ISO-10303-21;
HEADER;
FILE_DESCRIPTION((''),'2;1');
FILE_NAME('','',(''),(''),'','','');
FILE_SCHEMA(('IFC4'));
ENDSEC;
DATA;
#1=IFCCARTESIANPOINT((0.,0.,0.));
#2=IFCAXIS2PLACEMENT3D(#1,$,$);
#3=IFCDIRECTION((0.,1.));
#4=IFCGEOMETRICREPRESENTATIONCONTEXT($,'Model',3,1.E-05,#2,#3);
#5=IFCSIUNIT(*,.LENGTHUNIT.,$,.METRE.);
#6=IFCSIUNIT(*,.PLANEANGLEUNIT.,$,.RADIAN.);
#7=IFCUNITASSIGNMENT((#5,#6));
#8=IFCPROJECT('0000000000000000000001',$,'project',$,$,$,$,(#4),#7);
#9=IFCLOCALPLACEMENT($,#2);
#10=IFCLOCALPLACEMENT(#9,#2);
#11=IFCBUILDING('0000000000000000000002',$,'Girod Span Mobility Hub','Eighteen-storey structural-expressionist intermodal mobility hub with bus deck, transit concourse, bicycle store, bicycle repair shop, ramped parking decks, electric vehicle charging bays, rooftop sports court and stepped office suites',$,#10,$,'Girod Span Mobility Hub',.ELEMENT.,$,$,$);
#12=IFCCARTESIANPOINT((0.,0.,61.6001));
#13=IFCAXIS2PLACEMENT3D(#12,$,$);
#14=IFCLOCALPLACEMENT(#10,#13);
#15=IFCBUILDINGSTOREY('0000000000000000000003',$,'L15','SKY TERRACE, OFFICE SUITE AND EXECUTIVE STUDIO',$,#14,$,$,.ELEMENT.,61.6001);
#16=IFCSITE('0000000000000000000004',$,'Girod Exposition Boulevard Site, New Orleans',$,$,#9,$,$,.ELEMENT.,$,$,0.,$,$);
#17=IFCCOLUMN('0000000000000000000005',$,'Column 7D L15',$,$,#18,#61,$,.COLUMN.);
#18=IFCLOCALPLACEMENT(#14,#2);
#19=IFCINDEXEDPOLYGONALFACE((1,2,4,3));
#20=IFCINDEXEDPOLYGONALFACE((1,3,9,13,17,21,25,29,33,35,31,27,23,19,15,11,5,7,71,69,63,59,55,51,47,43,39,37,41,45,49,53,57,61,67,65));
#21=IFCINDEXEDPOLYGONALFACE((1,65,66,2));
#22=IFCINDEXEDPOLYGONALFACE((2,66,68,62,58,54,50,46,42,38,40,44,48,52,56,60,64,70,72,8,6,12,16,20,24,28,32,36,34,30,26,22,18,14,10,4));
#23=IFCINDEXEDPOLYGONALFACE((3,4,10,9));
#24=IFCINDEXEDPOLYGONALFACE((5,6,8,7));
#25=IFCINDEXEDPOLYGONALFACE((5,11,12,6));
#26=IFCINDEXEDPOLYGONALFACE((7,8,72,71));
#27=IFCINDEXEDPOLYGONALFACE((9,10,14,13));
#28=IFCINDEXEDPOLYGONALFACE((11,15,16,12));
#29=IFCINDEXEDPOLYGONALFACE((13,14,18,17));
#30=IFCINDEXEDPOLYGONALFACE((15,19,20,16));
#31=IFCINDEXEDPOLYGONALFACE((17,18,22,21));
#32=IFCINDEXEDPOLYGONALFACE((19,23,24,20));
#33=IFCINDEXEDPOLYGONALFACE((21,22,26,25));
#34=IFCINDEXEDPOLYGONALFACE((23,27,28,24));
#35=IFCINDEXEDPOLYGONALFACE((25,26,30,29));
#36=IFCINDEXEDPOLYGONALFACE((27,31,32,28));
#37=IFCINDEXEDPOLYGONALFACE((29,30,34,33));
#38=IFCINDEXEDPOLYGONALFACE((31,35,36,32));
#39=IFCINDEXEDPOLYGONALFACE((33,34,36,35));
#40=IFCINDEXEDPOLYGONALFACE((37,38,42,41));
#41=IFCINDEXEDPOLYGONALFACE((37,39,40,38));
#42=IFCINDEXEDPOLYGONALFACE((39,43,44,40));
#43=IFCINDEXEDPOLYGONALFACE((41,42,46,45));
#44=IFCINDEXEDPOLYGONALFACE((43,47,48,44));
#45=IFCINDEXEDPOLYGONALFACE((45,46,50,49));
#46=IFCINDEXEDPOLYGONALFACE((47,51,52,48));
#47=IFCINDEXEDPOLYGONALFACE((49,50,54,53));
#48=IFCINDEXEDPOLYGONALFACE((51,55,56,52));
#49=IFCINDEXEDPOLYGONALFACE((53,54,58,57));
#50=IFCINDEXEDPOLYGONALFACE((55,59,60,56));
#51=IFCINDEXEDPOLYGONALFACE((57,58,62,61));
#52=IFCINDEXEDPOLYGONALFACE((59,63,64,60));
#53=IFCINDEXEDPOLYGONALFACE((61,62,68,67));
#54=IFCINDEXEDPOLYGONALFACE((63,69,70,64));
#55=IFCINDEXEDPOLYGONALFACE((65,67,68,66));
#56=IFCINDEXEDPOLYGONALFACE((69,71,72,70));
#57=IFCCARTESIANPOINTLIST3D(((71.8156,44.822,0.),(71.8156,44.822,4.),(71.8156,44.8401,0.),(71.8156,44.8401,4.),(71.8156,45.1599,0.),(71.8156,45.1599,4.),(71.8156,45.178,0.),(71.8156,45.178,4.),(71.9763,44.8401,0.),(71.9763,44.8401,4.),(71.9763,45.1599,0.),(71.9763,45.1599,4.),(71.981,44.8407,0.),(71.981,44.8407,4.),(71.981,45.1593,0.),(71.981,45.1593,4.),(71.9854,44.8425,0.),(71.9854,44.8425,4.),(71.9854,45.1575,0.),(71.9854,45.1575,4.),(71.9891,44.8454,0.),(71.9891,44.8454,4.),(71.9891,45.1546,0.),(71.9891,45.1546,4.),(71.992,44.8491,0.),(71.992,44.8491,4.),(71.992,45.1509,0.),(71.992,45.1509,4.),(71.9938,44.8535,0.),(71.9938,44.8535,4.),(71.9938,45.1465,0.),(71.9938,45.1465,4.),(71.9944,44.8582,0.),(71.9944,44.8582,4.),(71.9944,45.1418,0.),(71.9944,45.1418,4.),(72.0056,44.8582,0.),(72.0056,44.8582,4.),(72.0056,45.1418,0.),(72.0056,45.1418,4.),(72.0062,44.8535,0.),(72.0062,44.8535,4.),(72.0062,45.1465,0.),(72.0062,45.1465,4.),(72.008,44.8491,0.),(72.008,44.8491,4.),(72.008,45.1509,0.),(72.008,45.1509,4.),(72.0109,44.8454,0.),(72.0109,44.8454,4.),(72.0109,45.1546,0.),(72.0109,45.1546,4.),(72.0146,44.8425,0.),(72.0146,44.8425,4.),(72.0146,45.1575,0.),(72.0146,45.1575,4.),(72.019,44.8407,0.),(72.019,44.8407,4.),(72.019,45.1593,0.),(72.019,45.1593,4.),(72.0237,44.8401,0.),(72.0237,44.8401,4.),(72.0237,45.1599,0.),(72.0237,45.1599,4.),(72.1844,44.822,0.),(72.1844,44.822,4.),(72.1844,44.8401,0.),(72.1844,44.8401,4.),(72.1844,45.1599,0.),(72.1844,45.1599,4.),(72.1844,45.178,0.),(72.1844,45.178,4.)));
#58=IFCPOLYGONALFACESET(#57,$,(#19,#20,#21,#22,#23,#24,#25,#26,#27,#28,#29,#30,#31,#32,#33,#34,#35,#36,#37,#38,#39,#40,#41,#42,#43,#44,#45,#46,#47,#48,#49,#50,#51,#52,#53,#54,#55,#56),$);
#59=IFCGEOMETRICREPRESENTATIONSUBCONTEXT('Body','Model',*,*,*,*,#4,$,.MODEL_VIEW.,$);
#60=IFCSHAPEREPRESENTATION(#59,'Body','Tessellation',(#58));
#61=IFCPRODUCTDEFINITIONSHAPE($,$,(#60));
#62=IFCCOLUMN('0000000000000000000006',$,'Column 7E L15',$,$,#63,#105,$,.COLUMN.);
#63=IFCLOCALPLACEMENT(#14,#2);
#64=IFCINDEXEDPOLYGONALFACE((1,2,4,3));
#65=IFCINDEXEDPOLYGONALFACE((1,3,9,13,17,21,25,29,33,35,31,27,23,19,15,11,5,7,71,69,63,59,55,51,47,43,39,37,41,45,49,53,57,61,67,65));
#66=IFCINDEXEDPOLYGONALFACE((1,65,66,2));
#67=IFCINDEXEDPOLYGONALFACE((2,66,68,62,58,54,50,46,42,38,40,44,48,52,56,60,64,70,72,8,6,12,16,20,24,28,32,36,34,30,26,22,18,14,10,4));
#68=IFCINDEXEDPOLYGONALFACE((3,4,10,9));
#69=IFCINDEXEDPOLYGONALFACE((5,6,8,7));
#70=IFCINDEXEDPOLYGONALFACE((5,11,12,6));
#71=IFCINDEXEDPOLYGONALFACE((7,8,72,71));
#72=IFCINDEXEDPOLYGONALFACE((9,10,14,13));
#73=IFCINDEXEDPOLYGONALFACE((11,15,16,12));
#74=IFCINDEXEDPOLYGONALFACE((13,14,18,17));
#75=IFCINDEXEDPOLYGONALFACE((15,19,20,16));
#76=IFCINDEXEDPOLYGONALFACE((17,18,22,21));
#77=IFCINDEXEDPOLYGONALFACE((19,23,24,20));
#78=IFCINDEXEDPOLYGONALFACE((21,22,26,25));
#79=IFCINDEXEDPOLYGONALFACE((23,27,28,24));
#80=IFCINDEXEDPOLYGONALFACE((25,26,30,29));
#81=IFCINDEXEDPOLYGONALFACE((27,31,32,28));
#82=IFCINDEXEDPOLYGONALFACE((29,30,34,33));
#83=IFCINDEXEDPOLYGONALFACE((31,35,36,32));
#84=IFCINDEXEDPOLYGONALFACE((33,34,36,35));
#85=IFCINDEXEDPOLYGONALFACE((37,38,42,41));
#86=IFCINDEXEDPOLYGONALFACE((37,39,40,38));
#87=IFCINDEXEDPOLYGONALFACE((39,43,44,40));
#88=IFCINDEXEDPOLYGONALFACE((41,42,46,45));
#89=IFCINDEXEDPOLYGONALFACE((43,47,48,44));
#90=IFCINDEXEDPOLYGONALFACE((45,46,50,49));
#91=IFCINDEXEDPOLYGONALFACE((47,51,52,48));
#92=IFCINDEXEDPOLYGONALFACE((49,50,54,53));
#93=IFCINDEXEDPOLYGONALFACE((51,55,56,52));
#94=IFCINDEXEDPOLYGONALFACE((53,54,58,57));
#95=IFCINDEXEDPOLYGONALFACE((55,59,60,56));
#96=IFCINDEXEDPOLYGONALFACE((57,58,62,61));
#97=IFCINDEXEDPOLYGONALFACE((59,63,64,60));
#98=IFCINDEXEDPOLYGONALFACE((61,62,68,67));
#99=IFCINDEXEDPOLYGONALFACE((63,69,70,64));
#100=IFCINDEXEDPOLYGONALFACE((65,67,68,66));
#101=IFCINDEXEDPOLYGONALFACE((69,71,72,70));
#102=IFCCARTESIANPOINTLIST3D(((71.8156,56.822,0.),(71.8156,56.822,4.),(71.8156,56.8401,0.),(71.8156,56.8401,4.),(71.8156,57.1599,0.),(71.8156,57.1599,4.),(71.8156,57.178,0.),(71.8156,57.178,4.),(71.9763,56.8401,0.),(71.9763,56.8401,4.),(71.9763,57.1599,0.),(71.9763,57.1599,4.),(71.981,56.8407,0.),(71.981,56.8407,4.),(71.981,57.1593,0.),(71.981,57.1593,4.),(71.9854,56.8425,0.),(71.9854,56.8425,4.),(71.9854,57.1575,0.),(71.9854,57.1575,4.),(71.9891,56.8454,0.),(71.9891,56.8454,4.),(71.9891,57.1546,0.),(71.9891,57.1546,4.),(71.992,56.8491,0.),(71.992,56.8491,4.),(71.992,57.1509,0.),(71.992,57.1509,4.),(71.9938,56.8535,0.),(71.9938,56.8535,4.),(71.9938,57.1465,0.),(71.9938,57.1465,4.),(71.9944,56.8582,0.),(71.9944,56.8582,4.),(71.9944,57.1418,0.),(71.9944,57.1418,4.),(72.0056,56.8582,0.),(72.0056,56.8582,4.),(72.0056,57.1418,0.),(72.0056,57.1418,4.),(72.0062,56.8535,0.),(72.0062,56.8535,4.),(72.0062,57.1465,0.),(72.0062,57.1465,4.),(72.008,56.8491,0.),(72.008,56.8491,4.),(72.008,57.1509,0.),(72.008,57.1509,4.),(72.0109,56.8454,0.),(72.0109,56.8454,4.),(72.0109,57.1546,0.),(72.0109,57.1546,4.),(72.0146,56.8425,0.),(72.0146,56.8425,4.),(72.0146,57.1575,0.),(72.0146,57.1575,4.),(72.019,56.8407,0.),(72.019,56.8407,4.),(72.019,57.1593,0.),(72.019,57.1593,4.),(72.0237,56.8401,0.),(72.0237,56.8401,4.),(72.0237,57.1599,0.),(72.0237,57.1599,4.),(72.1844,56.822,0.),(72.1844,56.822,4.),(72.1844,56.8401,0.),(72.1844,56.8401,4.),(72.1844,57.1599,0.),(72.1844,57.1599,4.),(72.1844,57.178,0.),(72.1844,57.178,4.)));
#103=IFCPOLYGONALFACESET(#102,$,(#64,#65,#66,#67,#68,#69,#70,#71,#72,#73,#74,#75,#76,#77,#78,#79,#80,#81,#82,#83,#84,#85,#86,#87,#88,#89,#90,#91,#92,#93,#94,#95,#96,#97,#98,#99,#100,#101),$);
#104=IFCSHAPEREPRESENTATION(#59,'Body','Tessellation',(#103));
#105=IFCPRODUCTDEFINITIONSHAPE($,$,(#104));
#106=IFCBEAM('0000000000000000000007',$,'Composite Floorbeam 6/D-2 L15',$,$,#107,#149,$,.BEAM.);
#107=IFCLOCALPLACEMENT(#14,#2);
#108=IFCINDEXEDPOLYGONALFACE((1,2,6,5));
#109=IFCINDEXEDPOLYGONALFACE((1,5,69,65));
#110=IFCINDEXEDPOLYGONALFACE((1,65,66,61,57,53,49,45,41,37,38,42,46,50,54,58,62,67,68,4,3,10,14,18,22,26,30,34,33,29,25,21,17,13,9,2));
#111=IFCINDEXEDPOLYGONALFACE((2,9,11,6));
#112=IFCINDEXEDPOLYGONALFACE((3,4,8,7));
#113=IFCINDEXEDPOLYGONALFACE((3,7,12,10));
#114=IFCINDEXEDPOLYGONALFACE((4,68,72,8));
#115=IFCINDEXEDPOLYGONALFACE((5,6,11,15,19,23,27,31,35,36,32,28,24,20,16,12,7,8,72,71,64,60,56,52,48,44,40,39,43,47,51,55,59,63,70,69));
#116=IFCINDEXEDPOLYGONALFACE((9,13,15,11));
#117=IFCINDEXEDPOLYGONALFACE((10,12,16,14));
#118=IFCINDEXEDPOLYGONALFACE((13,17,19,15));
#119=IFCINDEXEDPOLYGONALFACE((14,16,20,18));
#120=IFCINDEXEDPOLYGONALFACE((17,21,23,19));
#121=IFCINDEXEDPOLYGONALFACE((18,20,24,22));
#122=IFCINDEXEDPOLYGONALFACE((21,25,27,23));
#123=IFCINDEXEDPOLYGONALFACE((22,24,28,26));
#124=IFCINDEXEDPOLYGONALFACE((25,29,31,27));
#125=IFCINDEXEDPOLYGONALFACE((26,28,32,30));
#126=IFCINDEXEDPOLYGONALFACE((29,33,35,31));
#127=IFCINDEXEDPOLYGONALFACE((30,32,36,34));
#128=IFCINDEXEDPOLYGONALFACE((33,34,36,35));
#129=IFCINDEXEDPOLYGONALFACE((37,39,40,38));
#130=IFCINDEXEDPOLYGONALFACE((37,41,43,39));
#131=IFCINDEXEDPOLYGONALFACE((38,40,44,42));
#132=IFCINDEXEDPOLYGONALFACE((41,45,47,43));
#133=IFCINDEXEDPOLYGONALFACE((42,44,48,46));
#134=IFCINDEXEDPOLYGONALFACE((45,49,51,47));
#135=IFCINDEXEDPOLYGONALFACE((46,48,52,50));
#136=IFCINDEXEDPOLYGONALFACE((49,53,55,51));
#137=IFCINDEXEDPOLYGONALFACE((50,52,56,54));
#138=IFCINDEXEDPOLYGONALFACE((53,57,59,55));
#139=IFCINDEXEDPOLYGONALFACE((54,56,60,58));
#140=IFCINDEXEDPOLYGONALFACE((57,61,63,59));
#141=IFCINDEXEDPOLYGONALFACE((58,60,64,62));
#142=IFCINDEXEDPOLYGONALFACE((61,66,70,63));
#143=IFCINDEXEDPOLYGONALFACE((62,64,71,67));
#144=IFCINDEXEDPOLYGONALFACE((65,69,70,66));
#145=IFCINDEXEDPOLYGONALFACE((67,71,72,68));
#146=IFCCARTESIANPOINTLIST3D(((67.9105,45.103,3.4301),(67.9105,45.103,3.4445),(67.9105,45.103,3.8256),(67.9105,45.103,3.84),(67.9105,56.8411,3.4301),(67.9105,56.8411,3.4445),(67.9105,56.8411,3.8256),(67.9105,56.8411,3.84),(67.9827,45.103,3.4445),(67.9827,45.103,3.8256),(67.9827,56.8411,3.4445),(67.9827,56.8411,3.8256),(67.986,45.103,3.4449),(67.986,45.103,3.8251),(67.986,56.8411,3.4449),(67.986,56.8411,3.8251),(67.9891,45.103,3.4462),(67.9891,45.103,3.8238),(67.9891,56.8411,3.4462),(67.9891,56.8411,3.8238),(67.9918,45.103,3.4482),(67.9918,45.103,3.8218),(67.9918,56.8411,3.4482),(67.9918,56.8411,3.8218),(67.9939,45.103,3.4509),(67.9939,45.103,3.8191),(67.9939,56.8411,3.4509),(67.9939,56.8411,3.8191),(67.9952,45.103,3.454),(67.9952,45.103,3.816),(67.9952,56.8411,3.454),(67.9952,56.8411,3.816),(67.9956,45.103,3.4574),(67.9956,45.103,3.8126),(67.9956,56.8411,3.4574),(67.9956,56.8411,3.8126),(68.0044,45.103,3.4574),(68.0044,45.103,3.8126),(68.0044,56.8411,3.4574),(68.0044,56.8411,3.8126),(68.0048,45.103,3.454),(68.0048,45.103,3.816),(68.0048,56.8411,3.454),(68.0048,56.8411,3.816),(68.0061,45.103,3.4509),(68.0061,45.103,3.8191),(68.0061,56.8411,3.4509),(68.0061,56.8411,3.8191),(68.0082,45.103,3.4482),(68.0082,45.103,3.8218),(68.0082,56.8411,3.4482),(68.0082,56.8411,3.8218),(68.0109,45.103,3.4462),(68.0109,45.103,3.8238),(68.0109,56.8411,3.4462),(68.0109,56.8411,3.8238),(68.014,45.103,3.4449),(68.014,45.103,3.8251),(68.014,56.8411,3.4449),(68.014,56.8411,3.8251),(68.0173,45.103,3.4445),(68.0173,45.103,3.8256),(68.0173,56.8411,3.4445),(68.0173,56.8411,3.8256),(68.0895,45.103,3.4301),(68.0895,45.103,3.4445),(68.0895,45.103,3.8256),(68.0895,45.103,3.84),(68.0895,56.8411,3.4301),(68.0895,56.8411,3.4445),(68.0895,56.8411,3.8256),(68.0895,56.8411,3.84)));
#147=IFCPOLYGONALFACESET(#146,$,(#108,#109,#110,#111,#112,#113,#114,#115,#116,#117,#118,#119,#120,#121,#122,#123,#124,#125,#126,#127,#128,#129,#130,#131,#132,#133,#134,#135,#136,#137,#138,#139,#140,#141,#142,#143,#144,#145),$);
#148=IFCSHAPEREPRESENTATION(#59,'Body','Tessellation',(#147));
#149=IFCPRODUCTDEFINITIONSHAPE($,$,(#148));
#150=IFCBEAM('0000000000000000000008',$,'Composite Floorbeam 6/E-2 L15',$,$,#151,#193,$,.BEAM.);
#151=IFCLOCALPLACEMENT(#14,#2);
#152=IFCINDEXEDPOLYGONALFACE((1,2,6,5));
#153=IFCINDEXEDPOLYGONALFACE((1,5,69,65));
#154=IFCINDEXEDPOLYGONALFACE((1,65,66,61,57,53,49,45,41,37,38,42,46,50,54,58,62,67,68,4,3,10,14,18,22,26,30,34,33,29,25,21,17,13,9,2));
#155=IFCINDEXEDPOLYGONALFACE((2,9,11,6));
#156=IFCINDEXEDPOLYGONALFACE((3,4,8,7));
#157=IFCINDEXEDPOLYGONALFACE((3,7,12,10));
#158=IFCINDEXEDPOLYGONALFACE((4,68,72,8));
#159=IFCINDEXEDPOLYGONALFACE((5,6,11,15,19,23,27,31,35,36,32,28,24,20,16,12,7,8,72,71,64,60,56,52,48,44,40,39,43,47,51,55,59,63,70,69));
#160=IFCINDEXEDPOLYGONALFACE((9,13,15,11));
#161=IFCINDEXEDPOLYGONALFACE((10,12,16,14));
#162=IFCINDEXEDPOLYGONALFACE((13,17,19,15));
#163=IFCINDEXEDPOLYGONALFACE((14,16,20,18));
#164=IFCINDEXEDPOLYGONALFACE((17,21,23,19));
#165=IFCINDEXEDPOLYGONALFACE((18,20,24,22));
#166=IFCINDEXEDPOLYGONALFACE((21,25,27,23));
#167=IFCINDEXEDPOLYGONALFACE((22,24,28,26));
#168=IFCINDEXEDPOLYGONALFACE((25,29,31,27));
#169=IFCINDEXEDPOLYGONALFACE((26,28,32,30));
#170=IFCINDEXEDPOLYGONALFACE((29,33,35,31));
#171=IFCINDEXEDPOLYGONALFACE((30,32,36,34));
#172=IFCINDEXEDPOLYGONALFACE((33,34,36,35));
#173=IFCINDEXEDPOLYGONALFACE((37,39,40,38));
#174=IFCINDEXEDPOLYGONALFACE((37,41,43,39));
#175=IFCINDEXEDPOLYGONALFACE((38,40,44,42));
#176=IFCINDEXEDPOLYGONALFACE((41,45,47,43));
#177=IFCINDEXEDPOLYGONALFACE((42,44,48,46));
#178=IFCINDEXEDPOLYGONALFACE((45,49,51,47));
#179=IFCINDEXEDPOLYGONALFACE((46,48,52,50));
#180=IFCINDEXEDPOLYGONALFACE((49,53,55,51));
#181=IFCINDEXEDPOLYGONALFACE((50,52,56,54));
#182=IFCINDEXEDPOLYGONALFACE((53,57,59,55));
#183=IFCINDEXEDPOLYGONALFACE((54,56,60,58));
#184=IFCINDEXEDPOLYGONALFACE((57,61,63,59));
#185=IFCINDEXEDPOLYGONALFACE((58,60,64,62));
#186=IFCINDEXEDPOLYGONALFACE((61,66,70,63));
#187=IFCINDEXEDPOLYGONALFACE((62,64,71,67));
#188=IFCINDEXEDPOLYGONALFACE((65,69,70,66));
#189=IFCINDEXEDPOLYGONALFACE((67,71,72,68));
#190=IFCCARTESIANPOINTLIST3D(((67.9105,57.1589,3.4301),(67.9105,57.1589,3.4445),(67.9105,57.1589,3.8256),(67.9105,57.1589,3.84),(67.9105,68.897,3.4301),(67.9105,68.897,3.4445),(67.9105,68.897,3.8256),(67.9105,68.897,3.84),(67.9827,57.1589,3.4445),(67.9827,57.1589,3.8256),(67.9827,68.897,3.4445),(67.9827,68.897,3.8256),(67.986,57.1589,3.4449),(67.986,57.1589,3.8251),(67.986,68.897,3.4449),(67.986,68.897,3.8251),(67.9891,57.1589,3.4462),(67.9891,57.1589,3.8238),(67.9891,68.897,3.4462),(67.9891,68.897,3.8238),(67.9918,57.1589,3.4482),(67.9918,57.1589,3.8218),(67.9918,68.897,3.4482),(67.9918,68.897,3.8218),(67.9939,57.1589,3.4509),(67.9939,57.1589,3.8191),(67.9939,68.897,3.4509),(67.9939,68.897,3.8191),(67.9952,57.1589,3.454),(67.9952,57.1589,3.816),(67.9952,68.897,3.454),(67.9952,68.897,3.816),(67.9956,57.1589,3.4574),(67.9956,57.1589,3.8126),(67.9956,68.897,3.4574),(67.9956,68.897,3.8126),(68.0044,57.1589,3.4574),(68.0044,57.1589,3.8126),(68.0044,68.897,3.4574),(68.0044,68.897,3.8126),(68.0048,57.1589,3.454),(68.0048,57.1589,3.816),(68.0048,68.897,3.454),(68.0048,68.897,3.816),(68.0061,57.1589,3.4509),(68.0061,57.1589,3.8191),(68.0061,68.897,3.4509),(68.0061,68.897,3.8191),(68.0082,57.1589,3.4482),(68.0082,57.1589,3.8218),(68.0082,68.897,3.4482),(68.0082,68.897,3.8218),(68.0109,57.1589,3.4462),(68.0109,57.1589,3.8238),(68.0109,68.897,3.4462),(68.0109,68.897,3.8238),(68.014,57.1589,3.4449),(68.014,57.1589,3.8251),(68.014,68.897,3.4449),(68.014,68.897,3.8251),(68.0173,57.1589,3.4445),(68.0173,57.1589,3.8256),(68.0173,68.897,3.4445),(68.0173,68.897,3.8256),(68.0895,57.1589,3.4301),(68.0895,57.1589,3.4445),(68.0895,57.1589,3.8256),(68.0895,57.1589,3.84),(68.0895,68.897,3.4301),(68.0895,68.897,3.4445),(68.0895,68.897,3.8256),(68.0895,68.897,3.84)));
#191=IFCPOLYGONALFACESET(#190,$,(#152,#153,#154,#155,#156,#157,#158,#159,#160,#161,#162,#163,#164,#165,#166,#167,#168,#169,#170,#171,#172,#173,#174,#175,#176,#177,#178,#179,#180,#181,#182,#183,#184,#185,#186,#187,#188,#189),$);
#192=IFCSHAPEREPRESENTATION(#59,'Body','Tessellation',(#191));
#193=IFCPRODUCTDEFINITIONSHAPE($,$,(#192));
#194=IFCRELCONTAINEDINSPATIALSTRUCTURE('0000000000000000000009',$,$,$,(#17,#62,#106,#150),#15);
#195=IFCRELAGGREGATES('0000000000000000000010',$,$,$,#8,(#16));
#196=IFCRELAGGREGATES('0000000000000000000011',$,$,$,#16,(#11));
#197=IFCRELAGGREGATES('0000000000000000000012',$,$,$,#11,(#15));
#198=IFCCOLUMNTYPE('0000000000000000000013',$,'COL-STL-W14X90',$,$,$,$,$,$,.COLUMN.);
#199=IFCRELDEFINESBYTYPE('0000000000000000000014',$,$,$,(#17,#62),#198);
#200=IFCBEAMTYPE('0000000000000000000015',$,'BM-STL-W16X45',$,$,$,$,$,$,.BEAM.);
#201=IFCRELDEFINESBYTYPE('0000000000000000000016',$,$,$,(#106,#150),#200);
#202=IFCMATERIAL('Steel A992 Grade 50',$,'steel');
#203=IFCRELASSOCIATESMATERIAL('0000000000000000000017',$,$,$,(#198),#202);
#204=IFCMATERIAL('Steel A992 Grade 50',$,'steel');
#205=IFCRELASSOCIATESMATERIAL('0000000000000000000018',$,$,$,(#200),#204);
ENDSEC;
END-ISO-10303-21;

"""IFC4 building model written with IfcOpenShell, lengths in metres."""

from ifc_helpers import new_model, si_unit, direction, frame, origin, origin_2d, place, context, subcontext, project, spatial, i_section, extrude, material, material_profile, profile_set, type_object, element, save


model = new_model("IFC4")

# Units and contexts
model_context = context("Model", 3, precision=1e-05, world=origin(), true_north=direction((0.0, 1.0)))
body_context = subcontext(model_context, "Body", "Model", "MODEL_VIEW")
ifc_project = project(units=[si_unit("LENGTHUNIT", "METRE"), si_unit("PLANEANGLEUNIT", "RADIAN")], contexts=[model_context])

# Site, building, storey
site_placement = place(None, origin())
site = spatial("IfcSite", under=ifc_project, at=site_placement, Name="Girod Exposition Boulevard Site, New Orleans", CompositionType="ELEMENT", RefElevation=0.0)
building_placement = place(site_placement, origin())
building = spatial("IfcBuilding", under=site, at=building_placement, Name="Girod Span Mobility Hub", Description="Eighteen-storey structural-expressionist intermodal mobility hub with bus deck, transit concourse, bicycle store, bicycle repair shop, ramped parking decks, electric vehicle charging bays, rooftop sports court and stepped office suites", LongName="Girod Span Mobility Hub", CompositionType="ELEMENT")
storey_placement = place(building_placement, frame((0.0, 0.0, 61.6001)))
storey = spatial("IfcBuildingStorey", under=building, at=storey_placement, Name="L15", Description="SKY TERRACE, OFFICE SUITE AND EXECUTIVE STUDIO", CompositionType="ELEMENT", Elevation=61.6001)

# Columns
ifc_material_1 = material(Name="Steel A992 Grade 50", Category="steel")
ifc_material_profile_1 = material_profile(ifc_material_1, i_section(OverallWidth=0.3689, OverallDepth=0.356, WebThickness=0.0112, FlangeThickness=0.0181, FilletRadius=0.0181, at=origin_2d()), Name="W14X90")
ifc_profile_set_1 = profile_set([ifc_material_profile_1], Name="Steel A992 Grade 50")
column_type = type_object("IfcColumnType", Name="COL-STL-W14X90", PredefinedType="COLUMN", material=ifc_profile_set_1)
for number, where, z_axis, x_axis, name in (
    (1, (72.0, 45.0, 0.0), (0.0, 0.0, 1.0), (1.0, 0.0, 0.0), "Column 7D L15"),
    (2, (72.0, 57.0, 0.0), (0.0, 0.0, 1.0), (1.0, 0.0, 0.0), "Column 7E L15"),
):
    element("IfcColumn", number, at=place(storey_placement, frame(where, z_axis=z_axis, x_axis=x_axis)), inside=storey, type_object=column_type, Name=name, PredefinedType="COLUMN", context=body_context, shape_type="SweptSolid", body=[
        extrude(i_section(OverallWidth=0.3689, OverallDepth=0.356, WebThickness=0.0112, FlangeThickness=0.0181, FilletRadius=0.0181, at=origin_2d()), origin(), (0.0, 0.0, 1.0), 4.0),
    ])

# Beams
ifc_material_2 = material(Name="Steel A992 Grade 50", Category="steel")
ifc_material_profile_2 = material_profile(ifc_material_2, i_section(OverallWidth=0.179, OverallDepth=0.4099, WebThickness=0.0088, FlangeThickness=0.0144, FilletRadius=0.0129, at=origin_2d()), Name="W16X45")
ifc_profile_set_2 = profile_set([ifc_material_profile_2], Name="Steel A992 Grade 50")
beam_type_1 = type_object("IfcBeamType", Name="BM-STL-W16X45", PredefinedType="BEAM", material=ifc_profile_set_2)
for number, where, z_axis, x_axis, name in (
    (3, (68.0, 45.103, 3.635), (0.0, 1.0, 0.0), (-1.0, 0.0, 0.0), "Composite Floorbeam 6/D-2 L15"),
    (4, (68.0, 57.1589, 3.635), (0.0, 1.0, 0.0), (-1.0, 0.0, 0.0), "Composite Floorbeam 6/E-2 L15"),
):
    element("IfcBeam", number, at=place(storey_placement, frame(where, z_axis=z_axis, x_axis=x_axis)), inside=storey, type_object=beam_type_1, Name=name, PredefinedType="BEAM", context=body_context, shape_type="SweptSolid", body=[
        extrude(i_section(OverallWidth=0.179, OverallDepth=0.4099, WebThickness=0.0088, FlangeThickness=0.0144, FilletRadius=0.0129, at=origin_2d()), origin(), (0.0, 0.0, 1.0), 11.738),
    ])

save(model, "model.ifc")
